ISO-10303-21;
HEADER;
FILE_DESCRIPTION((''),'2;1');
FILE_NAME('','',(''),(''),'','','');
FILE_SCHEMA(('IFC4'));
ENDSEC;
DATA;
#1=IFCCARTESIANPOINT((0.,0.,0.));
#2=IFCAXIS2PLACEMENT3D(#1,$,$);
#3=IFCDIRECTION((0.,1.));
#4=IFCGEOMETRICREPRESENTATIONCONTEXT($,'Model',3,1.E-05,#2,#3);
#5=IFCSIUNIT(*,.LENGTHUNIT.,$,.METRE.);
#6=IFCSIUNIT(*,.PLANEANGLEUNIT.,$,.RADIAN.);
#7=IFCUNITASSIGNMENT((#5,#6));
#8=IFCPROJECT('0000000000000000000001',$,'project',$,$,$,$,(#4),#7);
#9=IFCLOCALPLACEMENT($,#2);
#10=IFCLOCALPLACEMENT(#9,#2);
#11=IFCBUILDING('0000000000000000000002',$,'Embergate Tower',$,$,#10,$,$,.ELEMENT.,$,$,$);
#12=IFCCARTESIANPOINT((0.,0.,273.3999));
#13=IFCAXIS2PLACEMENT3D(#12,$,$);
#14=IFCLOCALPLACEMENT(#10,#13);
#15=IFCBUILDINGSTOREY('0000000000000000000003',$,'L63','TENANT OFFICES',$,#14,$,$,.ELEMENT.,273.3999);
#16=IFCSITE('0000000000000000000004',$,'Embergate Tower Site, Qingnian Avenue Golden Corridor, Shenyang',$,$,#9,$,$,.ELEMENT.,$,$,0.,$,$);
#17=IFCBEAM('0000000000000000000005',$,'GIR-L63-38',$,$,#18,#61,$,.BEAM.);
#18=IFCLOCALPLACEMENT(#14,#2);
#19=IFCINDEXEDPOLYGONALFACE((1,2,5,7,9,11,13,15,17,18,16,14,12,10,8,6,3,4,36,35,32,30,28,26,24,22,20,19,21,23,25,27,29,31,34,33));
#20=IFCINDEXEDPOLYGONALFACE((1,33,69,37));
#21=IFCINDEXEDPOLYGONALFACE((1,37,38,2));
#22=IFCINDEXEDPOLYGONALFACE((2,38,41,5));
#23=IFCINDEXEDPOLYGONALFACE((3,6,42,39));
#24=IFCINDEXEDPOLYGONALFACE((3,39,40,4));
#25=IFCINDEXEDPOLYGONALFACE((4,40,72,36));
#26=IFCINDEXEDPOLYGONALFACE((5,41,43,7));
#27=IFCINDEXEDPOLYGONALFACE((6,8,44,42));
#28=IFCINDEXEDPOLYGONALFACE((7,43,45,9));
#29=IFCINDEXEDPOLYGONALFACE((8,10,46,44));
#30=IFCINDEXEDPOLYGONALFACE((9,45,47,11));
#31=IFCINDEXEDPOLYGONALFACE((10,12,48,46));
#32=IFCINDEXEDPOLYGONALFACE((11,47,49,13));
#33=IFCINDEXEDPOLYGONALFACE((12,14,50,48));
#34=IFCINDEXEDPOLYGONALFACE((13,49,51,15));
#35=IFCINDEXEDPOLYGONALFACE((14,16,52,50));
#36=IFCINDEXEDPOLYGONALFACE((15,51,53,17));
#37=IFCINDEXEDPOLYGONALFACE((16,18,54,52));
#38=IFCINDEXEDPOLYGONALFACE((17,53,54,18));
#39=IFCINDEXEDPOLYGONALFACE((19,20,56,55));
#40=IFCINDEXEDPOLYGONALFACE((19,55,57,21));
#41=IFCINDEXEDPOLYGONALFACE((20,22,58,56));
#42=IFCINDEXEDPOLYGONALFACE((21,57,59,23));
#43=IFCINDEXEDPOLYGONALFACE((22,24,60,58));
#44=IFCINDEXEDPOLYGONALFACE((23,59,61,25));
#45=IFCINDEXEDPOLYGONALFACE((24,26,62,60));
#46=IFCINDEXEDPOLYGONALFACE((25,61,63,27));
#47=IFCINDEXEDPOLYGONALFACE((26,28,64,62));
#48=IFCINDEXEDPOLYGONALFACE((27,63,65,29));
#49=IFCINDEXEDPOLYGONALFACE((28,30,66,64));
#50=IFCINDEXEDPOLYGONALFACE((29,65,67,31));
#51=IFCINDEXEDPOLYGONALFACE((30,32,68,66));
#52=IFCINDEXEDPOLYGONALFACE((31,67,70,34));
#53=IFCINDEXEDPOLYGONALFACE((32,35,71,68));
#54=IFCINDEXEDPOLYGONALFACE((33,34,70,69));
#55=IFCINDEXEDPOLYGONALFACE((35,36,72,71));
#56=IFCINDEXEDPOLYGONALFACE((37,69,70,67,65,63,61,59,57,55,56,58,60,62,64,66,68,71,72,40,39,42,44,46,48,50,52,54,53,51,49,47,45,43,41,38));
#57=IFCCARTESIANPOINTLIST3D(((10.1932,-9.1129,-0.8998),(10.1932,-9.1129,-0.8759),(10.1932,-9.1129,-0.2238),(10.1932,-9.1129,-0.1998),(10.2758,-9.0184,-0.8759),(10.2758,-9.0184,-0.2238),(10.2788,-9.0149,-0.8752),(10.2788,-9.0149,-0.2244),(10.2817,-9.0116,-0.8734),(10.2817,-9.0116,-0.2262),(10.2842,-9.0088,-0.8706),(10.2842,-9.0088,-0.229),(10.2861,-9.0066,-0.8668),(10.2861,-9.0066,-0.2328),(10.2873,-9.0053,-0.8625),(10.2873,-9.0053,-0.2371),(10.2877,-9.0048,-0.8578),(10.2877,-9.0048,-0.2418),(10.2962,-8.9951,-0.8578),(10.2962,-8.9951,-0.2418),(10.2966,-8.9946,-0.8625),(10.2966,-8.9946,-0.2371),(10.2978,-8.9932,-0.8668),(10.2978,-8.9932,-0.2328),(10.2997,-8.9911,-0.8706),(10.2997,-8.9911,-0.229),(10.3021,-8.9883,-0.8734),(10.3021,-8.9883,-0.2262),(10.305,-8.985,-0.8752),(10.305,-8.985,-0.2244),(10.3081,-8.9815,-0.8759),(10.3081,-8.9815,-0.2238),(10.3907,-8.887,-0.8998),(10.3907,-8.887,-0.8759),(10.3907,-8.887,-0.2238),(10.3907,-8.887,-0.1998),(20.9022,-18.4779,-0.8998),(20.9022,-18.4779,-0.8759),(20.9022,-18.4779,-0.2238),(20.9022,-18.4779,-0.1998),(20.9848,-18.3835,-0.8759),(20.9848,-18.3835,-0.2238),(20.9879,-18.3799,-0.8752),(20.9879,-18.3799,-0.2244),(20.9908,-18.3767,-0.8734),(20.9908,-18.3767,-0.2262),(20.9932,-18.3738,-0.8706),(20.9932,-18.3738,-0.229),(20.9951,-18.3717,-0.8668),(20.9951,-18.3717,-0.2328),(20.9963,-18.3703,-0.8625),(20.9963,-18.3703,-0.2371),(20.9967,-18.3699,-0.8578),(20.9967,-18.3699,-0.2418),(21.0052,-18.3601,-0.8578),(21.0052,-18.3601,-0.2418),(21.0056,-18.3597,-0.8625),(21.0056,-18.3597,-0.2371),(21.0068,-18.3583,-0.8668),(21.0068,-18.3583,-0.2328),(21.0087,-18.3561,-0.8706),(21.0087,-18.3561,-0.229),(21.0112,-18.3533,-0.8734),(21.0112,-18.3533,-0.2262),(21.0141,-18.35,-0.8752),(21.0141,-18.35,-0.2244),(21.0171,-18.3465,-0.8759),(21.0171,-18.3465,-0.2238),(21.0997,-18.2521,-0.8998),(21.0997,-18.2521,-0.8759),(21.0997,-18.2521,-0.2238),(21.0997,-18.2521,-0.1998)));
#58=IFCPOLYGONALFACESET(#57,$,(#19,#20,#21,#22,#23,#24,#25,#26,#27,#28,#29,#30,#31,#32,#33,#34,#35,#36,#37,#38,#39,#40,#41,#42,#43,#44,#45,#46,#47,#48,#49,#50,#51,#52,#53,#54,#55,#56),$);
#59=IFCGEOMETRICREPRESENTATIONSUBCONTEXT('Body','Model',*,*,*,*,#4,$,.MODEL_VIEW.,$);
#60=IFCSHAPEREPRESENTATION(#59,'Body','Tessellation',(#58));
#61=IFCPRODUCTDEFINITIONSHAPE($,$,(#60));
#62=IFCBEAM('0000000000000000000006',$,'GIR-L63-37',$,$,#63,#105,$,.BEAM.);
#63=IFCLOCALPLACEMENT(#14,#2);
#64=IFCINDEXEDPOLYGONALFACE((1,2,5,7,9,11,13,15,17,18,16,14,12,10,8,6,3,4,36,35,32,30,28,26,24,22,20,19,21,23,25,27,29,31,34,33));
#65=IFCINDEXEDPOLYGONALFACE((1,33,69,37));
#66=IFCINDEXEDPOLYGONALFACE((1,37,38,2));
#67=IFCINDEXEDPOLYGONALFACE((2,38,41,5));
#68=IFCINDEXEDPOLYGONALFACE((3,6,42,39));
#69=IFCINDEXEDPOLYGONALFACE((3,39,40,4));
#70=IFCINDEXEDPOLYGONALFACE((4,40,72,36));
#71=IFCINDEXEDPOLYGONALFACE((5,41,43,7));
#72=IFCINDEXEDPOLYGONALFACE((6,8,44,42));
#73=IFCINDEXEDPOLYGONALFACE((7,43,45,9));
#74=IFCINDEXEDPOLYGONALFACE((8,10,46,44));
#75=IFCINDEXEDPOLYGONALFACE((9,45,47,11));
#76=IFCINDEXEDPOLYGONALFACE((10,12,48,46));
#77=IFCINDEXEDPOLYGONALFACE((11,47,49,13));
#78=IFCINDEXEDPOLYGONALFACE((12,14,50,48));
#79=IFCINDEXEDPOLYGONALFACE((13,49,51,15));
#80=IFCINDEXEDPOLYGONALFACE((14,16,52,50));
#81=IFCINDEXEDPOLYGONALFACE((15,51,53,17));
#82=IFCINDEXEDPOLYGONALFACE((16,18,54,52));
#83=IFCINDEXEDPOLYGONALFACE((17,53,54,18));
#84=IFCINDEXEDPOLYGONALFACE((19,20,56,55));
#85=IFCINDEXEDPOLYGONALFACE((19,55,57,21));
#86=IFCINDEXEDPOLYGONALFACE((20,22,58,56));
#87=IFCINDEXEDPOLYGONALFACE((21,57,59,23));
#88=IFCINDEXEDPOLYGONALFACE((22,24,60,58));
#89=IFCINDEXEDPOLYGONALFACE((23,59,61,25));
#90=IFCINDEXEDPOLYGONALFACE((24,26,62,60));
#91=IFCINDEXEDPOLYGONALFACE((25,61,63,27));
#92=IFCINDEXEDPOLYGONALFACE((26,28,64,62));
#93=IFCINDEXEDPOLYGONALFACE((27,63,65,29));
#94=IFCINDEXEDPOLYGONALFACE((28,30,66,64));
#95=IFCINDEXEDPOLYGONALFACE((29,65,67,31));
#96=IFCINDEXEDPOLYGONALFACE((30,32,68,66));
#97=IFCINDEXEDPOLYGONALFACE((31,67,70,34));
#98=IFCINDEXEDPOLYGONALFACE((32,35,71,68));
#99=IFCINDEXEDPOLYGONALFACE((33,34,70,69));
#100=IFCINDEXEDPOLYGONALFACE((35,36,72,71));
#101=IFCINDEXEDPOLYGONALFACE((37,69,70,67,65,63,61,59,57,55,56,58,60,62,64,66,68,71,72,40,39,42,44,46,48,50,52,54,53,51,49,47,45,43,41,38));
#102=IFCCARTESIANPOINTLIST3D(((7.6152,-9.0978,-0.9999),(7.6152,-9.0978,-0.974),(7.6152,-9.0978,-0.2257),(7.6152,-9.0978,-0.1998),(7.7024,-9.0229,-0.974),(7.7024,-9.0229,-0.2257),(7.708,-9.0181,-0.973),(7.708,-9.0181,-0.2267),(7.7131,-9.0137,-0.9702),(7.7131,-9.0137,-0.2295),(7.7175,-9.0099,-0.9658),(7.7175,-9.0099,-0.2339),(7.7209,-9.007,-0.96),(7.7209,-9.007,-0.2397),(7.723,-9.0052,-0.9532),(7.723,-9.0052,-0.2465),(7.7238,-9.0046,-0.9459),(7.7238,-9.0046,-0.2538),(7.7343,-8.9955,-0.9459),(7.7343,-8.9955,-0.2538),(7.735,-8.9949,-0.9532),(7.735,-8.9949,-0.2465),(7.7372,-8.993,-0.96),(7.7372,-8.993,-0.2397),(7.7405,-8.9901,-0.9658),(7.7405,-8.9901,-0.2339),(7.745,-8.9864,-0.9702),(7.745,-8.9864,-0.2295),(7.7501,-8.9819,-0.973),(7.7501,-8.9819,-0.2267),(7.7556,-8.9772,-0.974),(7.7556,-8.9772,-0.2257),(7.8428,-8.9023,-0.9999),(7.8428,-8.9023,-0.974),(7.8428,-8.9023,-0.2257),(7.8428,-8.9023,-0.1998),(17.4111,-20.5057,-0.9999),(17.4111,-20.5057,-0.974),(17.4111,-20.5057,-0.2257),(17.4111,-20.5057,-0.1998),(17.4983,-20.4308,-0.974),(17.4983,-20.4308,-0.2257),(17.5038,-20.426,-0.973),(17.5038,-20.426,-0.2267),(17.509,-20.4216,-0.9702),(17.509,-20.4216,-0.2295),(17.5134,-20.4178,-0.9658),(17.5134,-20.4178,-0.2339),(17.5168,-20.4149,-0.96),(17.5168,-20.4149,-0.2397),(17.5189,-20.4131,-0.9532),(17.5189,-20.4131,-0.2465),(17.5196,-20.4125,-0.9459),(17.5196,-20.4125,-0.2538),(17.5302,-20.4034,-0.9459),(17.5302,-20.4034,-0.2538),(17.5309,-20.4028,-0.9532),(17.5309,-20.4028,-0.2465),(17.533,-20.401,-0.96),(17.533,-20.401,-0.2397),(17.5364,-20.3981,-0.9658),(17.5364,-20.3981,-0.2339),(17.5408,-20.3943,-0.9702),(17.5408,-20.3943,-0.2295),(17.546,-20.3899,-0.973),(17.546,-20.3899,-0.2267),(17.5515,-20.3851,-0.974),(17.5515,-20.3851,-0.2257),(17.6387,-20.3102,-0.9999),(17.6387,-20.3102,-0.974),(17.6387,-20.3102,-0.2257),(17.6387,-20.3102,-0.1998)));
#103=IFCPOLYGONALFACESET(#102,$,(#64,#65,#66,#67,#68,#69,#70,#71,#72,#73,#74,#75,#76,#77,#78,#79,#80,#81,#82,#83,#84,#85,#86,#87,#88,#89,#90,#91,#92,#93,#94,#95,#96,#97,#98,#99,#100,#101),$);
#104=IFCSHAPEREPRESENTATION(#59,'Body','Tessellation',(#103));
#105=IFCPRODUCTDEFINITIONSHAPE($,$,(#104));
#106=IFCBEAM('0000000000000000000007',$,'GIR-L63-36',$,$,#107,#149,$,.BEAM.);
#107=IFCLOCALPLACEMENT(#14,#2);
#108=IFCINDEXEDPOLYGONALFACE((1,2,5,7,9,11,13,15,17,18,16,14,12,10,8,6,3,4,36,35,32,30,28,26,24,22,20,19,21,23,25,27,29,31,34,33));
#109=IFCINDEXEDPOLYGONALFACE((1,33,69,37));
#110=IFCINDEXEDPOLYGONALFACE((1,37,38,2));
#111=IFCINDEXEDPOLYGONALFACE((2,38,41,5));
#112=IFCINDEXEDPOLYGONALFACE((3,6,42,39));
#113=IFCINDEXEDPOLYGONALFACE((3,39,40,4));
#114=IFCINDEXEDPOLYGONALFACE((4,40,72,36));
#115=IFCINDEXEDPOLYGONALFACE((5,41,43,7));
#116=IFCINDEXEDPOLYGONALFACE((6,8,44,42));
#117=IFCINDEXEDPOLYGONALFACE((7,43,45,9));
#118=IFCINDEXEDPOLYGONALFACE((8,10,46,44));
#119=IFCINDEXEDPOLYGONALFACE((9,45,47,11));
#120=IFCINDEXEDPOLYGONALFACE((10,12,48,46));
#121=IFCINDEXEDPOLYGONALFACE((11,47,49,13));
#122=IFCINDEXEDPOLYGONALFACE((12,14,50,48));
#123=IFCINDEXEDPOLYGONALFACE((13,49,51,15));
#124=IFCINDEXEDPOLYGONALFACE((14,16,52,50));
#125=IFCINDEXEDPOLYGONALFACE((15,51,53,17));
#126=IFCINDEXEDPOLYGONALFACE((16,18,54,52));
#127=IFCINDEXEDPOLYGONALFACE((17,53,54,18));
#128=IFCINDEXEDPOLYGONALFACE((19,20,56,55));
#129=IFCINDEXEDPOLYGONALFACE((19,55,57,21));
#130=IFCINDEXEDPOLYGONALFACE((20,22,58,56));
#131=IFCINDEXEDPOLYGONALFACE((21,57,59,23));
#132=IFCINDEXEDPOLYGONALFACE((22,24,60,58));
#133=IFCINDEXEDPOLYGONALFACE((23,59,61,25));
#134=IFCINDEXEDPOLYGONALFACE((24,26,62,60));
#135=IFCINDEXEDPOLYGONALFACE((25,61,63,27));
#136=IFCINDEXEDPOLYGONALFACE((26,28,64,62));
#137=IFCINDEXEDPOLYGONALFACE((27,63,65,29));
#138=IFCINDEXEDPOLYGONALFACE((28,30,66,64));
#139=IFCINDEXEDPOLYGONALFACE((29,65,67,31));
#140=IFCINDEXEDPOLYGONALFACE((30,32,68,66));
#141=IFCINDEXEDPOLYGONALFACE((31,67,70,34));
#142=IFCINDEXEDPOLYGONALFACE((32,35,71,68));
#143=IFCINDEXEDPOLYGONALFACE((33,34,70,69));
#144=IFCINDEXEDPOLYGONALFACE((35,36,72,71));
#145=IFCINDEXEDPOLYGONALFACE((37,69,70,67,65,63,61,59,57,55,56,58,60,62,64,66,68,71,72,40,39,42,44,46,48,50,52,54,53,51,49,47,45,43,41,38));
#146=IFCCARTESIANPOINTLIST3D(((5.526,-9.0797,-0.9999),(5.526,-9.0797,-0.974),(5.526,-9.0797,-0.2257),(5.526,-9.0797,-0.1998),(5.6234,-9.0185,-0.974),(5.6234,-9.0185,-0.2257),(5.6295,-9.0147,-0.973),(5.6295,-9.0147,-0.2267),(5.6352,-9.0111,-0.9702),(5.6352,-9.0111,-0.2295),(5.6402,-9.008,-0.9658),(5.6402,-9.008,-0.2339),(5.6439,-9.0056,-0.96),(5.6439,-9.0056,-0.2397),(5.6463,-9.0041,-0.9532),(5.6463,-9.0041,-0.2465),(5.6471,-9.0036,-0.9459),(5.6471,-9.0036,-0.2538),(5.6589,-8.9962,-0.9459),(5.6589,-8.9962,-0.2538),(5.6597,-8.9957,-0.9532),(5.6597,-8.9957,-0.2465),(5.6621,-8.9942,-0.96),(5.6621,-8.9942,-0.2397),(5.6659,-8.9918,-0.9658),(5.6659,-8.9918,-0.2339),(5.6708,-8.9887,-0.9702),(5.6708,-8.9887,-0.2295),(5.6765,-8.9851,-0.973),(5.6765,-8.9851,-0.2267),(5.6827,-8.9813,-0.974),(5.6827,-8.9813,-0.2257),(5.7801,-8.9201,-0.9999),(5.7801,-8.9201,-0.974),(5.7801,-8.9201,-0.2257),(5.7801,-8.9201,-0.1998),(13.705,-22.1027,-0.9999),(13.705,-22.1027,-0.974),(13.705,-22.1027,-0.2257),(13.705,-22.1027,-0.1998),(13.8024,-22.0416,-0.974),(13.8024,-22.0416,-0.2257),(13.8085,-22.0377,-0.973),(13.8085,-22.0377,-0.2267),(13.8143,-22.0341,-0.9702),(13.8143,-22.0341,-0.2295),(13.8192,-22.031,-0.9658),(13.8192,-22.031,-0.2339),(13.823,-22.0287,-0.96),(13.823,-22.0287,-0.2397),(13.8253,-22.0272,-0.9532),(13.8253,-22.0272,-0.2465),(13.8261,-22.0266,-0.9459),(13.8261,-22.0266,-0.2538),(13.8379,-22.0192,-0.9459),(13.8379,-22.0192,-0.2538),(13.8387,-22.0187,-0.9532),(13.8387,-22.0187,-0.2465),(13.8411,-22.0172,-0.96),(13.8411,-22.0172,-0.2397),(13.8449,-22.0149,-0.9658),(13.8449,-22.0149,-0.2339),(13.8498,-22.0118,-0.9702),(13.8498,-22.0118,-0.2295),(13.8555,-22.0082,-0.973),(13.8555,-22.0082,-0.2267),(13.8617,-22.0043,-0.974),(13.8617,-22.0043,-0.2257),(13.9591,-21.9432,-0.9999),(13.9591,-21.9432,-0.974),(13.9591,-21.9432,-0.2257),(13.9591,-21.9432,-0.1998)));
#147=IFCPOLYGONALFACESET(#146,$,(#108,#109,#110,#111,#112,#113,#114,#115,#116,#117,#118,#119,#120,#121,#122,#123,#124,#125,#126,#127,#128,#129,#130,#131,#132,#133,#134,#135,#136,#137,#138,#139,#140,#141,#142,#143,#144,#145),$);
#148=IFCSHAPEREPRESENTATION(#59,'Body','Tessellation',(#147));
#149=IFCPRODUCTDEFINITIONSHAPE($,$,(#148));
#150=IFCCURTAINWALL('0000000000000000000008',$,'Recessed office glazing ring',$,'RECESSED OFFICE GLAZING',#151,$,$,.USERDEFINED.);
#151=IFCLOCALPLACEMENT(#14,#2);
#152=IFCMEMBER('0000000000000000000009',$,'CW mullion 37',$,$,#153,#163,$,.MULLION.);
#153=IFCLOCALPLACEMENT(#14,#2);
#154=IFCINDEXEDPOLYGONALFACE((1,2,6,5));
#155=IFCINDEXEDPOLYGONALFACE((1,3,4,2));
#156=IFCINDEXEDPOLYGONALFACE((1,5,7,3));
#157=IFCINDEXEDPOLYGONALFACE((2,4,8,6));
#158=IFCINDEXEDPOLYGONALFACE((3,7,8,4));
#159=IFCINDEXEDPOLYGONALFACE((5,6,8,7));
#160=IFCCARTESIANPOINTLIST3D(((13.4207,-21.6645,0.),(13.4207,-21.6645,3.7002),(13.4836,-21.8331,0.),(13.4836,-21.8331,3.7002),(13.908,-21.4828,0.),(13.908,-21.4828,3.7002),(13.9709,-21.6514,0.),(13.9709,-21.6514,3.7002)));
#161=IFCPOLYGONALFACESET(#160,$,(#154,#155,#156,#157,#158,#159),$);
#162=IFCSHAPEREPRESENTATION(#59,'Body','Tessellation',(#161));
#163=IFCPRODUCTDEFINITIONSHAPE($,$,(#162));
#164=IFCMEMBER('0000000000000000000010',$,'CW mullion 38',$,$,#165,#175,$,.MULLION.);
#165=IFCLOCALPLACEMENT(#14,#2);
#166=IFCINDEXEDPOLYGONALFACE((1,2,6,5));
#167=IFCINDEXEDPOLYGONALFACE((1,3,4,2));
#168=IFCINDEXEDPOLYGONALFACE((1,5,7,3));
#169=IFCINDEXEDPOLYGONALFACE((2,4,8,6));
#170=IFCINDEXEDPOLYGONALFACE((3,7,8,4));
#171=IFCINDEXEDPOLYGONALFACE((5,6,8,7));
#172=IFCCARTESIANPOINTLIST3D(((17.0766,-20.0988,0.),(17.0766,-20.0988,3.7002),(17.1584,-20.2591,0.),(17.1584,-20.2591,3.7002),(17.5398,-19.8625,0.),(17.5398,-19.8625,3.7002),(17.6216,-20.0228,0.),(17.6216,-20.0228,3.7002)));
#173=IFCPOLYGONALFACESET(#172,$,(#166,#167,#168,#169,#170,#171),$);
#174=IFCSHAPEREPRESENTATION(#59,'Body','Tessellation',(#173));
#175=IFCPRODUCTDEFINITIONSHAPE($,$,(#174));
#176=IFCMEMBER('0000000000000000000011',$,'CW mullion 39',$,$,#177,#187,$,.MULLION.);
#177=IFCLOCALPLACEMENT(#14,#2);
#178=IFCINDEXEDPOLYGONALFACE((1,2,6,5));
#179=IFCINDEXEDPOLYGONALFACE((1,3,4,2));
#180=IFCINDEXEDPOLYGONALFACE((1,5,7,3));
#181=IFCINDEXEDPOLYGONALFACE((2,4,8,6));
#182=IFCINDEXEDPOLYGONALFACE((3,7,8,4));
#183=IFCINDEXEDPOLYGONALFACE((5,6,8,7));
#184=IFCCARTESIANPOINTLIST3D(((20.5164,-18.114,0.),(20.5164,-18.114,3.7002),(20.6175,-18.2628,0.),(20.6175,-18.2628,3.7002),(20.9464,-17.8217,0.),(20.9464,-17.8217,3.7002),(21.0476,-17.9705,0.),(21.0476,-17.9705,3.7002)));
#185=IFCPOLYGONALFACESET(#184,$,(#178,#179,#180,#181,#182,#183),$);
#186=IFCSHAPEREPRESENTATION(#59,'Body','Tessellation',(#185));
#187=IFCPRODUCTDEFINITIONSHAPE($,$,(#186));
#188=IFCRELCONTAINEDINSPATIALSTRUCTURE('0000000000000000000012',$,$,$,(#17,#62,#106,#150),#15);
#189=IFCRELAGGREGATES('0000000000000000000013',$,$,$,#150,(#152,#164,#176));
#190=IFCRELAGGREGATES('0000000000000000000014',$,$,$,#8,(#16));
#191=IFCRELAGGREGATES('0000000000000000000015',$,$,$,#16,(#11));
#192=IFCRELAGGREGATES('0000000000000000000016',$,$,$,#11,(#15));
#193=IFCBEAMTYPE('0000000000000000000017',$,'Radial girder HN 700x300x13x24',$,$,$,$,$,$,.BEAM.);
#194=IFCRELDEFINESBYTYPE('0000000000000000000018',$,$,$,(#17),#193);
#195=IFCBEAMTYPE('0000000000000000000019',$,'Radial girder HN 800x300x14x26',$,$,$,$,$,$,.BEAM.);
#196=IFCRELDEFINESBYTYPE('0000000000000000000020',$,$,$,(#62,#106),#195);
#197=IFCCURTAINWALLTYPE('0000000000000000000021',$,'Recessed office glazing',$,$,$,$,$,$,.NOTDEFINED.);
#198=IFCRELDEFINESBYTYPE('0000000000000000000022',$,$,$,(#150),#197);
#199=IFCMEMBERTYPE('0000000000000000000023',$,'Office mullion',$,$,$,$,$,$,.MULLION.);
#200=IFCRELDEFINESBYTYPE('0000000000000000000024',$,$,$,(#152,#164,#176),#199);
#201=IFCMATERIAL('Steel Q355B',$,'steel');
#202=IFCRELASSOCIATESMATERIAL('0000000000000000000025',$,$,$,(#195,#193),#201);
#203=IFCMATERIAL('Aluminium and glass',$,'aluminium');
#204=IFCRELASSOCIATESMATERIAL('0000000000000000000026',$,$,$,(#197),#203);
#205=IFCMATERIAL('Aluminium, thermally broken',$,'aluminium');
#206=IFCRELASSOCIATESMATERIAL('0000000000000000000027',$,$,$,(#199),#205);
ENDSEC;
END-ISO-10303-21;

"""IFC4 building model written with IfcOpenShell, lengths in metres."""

from ifc_helpers import new_model, si_unit, direction, frame, origin, origin_2d, place, context, subcontext, project, spatial, rectangle, i_section, extrude, source, transform, mapped, material, material_profile, profile_set, type_object, element, aggregate, save


model = new_model("IFC4")

# Units and contexts
model_context = context("Model", 3, precision=1e-05, world=origin(), true_north=direction((0.0, 1.0)))
body_context = subcontext(model_context, "Body", "Model", "MODEL_VIEW")
ifc_project = project(units=[si_unit("LENGTHUNIT", "METRE"), si_unit("PLANEANGLEUNIT", "RADIAN")], contexts=[model_context])

# Site, building, storey
site_placement = place(None, origin())
site = spatial("IfcSite", under=ifc_project, at=site_placement, Name="Embergate Tower Site, Qingnian Avenue Golden Corridor, Shenyang", CompositionType="ELEMENT", RefElevation=0.0)
building_placement = place(site_placement, origin())
building = spatial("IfcBuilding", under=site, at=building_placement, Name="Embergate Tower", CompositionType="ELEMENT")
storey_placement = place(building_placement, frame((0.0, 0.0, 273.3999)))
storey = spatial("IfcBuildingStorey", under=building, at=storey_placement, Name="L63", Description="TENANT OFFICES", CompositionType="ELEMENT", Elevation=273.3999)

# Beams
ifc_material_1 = material(Name="Steel Q355B", Category="steel")
ifc_material_profile_1 = material_profile(ifc_material_1, i_section(OverallWidth=0.3, OverallDepth=0.8, WebThickness=0.0139, FlangeThickness=0.0259, FilletRadius=0.0281, at=origin_2d()), Name="HN 800x300x14x26")
ifc_profile_set_1 = profile_set([ifc_material_profile_1], Name="Steel Q355 grade B")
beam_type_1 = type_object("IfcBeamType", Name="Radial girder HN 800x300x14x26", PredefinedType="BEAM", material=ifc_profile_set_1)
ifc_material_profile_2 = material_profile(ifc_material_1, i_section(OverallWidth=0.3, OverallDepth=0.7, WebThickness=0.0129, FlangeThickness=0.0239, FilletRadius=0.0181, at=origin_2d()), Name="HN 700x300x13x24")
ifc_profile_set_2 = profile_set([ifc_material_profile_2], Name="Steel Q355 grade B")
beam_type_2 = type_object("IfcBeamType", Name="Radial girder HN 700x300x13x24", PredefinedType="BEAM", material=ifc_profile_set_2)
shared_shape_1 = source(origin(), body_context, "Body", "SweptSolid", [
    extrude(i_section(OverallWidth=0.3, OverallDepth=0.7, WebThickness=0.0129, FlangeThickness=0.0239, FilletRadius=0.0181, at=origin_2d()), origin(), (0.0, 0.0, 1.0), 14.2263),
])
beam_1_placement = place(storey_placement, frame((21.001, -18.365, -0.5498), z_axis=(-0.752764, 0.658291, 0.0), x_axis=(-0.658291, -0.752764, 0.0)))
element("IfcBeam", 1, at=beam_1_placement, inside=storey, type_object=beam_type_2, Name="GIR-L63-38", PredefinedType="BEAM", context=body_context, shape_type="MappedRepresentation", body=[
    mapped(shared_shape_1, transform((0.0, 0.0, 0.0))),
])
shared_shape_2 = source(origin(), body_context, "Body", "SweptSolid", [
    extrude(i_section(OverallWidth=0.3, OverallDepth=0.8, WebThickness=0.0139, FlangeThickness=0.0259, FilletRadius=0.0281, at=origin_2d()), origin(), (0.0, 0.0, 1.0), 15.0366),
])
beam_2_placement = place(storey_placement, frame((17.5249, -20.408, -0.5999), z_axis=(-0.651468, 0.758676, 0.0), x_axis=(-0.758676, -0.651468, 0.0)))
element("IfcBeam", 2, at=beam_2_placement, inside=storey, type_object=beam_type_1, Name="GIR-L63-37", PredefinedType="BEAM", context=body_context, shape_type="MappedRepresentation", body=[
    mapped(shared_shape_2, transform((0.0, 0.0, 0.0))),
])
shared_shape_3 = source(origin(), body_context, "Body", "SweptSolid", [
    extrude(i_section(OverallWidth=0.3, OverallDepth=0.8, WebThickness=0.0139, FlangeThickness=0.0259, FilletRadius=0.0281, at=origin_2d()), origin(), (0.0, 0.0, 1.0), 15.3784),
])
beam_3_placement = place(storey_placement, frame((13.832, -22.0229, -0.5999), z_axis=(-0.53185, 0.846839, 0.0), x_axis=(-0.846839, -0.53185, 0.0)))
element("IfcBeam", 3, at=beam_3_placement, inside=storey, type_object=beam_type_1, Name="GIR-L63-36", PredefinedType="BEAM", context=body_context, shape_type="MappedRepresentation", body=[
    mapped(shared_shape_3, transform((0.0, 0.0, 0.0))),
])

# Curtain wall, members
ifc_material_2 = material(Name="Aluminium and glass", Category="aluminium")
curtain_wall_type = type_object("IfcCurtainWallType", Name="Recessed office glazing", PredefinedType="NOTDEFINED", material=ifc_material_2)
curtain_wall_placement = place(storey_placement, origin())
curtain_wall = element("IfcCurtainWall", 4, at=curtain_wall_placement, inside=storey, type_object=curtain_wall_type, Name="Recessed office glazing ring", ObjectType="RECESSED OFFICE GLAZING", PredefinedType="USERDEFINED")
ifc_material_3 = material(Name="Aluminium, thermally broken", Category="aluminium")
ifc_material_profile_3 = material_profile(ifc_material_3, rectangle(XDim=0.1799, YDim=0.52, at=origin_2d()), Name="AL 520x180")
ifc_profile_set_3 = profile_set([ifc_material_profile_3], Name="Aluminium, thermally broken")
member_type_1 = type_object("IfcMemberType", Name="Office mullion", PredefinedType="MULLION", material=ifc_profile_set_3)
shared_shape_4 = source(origin(), body_context, "Body", "SweptSolid", [
    extrude(rectangle(XDim=0.1799, YDim=0.52, at=origin_2d()), origin(), (0.0, 0.0, 1.0), 3.7002),
])
member_1_placement = place(storey_placement, frame((13.6958, -21.658, 0.0), z_axis=(0.0, 0.0, 1.0), x_axis=(-0.349496, 0.936938, 0.0)))
member_1 = element("IfcMember", 5, at=member_1_placement, type_object=member_type_1, Name="CW mullion 37", PredefinedType="MULLION", context=body_context, shape_type="MappedRepresentation", body=[
    mapped(shared_shape_4, transform((0.0, 0.0, 0.0))),
])
member_2_placement = place(storey_placement, frame((17.3491, -20.0608, 0.0), z_axis=(0.0, 0.0, 1.0), x_axis=(-0.454504, 0.890745, 0.0)))
member_2 = element("IfcMember", 6, at=member_2_placement, type_object=member_type_1, Name="CW mullion 38", PredefinedType="MULLION", context=body_context, shape_type="MappedRepresentation", body=[
    mapped(shared_shape_4, transform((0.0, 0.0, 0.0))),
])
member_3_placement = place(storey_placement, frame((20.782, -18.0422, 0.0), z_axis=(0.0, 0.0, 1.0), x_axis=(-0.562208, 0.826996, 0.0)))
member_3 = element("IfcMember", 7, at=member_3_placement, type_object=member_type_1, Name="CW mullion 39", PredefinedType="MULLION", context=body_context, shape_type="MappedRepresentation", body=[
    mapped(shared_shape_4, transform((0.0, 0.0, 0.0))),
])
aggregate(curtain_wall, [member_1, member_2, member_3])

save(model, "model.ifc")
